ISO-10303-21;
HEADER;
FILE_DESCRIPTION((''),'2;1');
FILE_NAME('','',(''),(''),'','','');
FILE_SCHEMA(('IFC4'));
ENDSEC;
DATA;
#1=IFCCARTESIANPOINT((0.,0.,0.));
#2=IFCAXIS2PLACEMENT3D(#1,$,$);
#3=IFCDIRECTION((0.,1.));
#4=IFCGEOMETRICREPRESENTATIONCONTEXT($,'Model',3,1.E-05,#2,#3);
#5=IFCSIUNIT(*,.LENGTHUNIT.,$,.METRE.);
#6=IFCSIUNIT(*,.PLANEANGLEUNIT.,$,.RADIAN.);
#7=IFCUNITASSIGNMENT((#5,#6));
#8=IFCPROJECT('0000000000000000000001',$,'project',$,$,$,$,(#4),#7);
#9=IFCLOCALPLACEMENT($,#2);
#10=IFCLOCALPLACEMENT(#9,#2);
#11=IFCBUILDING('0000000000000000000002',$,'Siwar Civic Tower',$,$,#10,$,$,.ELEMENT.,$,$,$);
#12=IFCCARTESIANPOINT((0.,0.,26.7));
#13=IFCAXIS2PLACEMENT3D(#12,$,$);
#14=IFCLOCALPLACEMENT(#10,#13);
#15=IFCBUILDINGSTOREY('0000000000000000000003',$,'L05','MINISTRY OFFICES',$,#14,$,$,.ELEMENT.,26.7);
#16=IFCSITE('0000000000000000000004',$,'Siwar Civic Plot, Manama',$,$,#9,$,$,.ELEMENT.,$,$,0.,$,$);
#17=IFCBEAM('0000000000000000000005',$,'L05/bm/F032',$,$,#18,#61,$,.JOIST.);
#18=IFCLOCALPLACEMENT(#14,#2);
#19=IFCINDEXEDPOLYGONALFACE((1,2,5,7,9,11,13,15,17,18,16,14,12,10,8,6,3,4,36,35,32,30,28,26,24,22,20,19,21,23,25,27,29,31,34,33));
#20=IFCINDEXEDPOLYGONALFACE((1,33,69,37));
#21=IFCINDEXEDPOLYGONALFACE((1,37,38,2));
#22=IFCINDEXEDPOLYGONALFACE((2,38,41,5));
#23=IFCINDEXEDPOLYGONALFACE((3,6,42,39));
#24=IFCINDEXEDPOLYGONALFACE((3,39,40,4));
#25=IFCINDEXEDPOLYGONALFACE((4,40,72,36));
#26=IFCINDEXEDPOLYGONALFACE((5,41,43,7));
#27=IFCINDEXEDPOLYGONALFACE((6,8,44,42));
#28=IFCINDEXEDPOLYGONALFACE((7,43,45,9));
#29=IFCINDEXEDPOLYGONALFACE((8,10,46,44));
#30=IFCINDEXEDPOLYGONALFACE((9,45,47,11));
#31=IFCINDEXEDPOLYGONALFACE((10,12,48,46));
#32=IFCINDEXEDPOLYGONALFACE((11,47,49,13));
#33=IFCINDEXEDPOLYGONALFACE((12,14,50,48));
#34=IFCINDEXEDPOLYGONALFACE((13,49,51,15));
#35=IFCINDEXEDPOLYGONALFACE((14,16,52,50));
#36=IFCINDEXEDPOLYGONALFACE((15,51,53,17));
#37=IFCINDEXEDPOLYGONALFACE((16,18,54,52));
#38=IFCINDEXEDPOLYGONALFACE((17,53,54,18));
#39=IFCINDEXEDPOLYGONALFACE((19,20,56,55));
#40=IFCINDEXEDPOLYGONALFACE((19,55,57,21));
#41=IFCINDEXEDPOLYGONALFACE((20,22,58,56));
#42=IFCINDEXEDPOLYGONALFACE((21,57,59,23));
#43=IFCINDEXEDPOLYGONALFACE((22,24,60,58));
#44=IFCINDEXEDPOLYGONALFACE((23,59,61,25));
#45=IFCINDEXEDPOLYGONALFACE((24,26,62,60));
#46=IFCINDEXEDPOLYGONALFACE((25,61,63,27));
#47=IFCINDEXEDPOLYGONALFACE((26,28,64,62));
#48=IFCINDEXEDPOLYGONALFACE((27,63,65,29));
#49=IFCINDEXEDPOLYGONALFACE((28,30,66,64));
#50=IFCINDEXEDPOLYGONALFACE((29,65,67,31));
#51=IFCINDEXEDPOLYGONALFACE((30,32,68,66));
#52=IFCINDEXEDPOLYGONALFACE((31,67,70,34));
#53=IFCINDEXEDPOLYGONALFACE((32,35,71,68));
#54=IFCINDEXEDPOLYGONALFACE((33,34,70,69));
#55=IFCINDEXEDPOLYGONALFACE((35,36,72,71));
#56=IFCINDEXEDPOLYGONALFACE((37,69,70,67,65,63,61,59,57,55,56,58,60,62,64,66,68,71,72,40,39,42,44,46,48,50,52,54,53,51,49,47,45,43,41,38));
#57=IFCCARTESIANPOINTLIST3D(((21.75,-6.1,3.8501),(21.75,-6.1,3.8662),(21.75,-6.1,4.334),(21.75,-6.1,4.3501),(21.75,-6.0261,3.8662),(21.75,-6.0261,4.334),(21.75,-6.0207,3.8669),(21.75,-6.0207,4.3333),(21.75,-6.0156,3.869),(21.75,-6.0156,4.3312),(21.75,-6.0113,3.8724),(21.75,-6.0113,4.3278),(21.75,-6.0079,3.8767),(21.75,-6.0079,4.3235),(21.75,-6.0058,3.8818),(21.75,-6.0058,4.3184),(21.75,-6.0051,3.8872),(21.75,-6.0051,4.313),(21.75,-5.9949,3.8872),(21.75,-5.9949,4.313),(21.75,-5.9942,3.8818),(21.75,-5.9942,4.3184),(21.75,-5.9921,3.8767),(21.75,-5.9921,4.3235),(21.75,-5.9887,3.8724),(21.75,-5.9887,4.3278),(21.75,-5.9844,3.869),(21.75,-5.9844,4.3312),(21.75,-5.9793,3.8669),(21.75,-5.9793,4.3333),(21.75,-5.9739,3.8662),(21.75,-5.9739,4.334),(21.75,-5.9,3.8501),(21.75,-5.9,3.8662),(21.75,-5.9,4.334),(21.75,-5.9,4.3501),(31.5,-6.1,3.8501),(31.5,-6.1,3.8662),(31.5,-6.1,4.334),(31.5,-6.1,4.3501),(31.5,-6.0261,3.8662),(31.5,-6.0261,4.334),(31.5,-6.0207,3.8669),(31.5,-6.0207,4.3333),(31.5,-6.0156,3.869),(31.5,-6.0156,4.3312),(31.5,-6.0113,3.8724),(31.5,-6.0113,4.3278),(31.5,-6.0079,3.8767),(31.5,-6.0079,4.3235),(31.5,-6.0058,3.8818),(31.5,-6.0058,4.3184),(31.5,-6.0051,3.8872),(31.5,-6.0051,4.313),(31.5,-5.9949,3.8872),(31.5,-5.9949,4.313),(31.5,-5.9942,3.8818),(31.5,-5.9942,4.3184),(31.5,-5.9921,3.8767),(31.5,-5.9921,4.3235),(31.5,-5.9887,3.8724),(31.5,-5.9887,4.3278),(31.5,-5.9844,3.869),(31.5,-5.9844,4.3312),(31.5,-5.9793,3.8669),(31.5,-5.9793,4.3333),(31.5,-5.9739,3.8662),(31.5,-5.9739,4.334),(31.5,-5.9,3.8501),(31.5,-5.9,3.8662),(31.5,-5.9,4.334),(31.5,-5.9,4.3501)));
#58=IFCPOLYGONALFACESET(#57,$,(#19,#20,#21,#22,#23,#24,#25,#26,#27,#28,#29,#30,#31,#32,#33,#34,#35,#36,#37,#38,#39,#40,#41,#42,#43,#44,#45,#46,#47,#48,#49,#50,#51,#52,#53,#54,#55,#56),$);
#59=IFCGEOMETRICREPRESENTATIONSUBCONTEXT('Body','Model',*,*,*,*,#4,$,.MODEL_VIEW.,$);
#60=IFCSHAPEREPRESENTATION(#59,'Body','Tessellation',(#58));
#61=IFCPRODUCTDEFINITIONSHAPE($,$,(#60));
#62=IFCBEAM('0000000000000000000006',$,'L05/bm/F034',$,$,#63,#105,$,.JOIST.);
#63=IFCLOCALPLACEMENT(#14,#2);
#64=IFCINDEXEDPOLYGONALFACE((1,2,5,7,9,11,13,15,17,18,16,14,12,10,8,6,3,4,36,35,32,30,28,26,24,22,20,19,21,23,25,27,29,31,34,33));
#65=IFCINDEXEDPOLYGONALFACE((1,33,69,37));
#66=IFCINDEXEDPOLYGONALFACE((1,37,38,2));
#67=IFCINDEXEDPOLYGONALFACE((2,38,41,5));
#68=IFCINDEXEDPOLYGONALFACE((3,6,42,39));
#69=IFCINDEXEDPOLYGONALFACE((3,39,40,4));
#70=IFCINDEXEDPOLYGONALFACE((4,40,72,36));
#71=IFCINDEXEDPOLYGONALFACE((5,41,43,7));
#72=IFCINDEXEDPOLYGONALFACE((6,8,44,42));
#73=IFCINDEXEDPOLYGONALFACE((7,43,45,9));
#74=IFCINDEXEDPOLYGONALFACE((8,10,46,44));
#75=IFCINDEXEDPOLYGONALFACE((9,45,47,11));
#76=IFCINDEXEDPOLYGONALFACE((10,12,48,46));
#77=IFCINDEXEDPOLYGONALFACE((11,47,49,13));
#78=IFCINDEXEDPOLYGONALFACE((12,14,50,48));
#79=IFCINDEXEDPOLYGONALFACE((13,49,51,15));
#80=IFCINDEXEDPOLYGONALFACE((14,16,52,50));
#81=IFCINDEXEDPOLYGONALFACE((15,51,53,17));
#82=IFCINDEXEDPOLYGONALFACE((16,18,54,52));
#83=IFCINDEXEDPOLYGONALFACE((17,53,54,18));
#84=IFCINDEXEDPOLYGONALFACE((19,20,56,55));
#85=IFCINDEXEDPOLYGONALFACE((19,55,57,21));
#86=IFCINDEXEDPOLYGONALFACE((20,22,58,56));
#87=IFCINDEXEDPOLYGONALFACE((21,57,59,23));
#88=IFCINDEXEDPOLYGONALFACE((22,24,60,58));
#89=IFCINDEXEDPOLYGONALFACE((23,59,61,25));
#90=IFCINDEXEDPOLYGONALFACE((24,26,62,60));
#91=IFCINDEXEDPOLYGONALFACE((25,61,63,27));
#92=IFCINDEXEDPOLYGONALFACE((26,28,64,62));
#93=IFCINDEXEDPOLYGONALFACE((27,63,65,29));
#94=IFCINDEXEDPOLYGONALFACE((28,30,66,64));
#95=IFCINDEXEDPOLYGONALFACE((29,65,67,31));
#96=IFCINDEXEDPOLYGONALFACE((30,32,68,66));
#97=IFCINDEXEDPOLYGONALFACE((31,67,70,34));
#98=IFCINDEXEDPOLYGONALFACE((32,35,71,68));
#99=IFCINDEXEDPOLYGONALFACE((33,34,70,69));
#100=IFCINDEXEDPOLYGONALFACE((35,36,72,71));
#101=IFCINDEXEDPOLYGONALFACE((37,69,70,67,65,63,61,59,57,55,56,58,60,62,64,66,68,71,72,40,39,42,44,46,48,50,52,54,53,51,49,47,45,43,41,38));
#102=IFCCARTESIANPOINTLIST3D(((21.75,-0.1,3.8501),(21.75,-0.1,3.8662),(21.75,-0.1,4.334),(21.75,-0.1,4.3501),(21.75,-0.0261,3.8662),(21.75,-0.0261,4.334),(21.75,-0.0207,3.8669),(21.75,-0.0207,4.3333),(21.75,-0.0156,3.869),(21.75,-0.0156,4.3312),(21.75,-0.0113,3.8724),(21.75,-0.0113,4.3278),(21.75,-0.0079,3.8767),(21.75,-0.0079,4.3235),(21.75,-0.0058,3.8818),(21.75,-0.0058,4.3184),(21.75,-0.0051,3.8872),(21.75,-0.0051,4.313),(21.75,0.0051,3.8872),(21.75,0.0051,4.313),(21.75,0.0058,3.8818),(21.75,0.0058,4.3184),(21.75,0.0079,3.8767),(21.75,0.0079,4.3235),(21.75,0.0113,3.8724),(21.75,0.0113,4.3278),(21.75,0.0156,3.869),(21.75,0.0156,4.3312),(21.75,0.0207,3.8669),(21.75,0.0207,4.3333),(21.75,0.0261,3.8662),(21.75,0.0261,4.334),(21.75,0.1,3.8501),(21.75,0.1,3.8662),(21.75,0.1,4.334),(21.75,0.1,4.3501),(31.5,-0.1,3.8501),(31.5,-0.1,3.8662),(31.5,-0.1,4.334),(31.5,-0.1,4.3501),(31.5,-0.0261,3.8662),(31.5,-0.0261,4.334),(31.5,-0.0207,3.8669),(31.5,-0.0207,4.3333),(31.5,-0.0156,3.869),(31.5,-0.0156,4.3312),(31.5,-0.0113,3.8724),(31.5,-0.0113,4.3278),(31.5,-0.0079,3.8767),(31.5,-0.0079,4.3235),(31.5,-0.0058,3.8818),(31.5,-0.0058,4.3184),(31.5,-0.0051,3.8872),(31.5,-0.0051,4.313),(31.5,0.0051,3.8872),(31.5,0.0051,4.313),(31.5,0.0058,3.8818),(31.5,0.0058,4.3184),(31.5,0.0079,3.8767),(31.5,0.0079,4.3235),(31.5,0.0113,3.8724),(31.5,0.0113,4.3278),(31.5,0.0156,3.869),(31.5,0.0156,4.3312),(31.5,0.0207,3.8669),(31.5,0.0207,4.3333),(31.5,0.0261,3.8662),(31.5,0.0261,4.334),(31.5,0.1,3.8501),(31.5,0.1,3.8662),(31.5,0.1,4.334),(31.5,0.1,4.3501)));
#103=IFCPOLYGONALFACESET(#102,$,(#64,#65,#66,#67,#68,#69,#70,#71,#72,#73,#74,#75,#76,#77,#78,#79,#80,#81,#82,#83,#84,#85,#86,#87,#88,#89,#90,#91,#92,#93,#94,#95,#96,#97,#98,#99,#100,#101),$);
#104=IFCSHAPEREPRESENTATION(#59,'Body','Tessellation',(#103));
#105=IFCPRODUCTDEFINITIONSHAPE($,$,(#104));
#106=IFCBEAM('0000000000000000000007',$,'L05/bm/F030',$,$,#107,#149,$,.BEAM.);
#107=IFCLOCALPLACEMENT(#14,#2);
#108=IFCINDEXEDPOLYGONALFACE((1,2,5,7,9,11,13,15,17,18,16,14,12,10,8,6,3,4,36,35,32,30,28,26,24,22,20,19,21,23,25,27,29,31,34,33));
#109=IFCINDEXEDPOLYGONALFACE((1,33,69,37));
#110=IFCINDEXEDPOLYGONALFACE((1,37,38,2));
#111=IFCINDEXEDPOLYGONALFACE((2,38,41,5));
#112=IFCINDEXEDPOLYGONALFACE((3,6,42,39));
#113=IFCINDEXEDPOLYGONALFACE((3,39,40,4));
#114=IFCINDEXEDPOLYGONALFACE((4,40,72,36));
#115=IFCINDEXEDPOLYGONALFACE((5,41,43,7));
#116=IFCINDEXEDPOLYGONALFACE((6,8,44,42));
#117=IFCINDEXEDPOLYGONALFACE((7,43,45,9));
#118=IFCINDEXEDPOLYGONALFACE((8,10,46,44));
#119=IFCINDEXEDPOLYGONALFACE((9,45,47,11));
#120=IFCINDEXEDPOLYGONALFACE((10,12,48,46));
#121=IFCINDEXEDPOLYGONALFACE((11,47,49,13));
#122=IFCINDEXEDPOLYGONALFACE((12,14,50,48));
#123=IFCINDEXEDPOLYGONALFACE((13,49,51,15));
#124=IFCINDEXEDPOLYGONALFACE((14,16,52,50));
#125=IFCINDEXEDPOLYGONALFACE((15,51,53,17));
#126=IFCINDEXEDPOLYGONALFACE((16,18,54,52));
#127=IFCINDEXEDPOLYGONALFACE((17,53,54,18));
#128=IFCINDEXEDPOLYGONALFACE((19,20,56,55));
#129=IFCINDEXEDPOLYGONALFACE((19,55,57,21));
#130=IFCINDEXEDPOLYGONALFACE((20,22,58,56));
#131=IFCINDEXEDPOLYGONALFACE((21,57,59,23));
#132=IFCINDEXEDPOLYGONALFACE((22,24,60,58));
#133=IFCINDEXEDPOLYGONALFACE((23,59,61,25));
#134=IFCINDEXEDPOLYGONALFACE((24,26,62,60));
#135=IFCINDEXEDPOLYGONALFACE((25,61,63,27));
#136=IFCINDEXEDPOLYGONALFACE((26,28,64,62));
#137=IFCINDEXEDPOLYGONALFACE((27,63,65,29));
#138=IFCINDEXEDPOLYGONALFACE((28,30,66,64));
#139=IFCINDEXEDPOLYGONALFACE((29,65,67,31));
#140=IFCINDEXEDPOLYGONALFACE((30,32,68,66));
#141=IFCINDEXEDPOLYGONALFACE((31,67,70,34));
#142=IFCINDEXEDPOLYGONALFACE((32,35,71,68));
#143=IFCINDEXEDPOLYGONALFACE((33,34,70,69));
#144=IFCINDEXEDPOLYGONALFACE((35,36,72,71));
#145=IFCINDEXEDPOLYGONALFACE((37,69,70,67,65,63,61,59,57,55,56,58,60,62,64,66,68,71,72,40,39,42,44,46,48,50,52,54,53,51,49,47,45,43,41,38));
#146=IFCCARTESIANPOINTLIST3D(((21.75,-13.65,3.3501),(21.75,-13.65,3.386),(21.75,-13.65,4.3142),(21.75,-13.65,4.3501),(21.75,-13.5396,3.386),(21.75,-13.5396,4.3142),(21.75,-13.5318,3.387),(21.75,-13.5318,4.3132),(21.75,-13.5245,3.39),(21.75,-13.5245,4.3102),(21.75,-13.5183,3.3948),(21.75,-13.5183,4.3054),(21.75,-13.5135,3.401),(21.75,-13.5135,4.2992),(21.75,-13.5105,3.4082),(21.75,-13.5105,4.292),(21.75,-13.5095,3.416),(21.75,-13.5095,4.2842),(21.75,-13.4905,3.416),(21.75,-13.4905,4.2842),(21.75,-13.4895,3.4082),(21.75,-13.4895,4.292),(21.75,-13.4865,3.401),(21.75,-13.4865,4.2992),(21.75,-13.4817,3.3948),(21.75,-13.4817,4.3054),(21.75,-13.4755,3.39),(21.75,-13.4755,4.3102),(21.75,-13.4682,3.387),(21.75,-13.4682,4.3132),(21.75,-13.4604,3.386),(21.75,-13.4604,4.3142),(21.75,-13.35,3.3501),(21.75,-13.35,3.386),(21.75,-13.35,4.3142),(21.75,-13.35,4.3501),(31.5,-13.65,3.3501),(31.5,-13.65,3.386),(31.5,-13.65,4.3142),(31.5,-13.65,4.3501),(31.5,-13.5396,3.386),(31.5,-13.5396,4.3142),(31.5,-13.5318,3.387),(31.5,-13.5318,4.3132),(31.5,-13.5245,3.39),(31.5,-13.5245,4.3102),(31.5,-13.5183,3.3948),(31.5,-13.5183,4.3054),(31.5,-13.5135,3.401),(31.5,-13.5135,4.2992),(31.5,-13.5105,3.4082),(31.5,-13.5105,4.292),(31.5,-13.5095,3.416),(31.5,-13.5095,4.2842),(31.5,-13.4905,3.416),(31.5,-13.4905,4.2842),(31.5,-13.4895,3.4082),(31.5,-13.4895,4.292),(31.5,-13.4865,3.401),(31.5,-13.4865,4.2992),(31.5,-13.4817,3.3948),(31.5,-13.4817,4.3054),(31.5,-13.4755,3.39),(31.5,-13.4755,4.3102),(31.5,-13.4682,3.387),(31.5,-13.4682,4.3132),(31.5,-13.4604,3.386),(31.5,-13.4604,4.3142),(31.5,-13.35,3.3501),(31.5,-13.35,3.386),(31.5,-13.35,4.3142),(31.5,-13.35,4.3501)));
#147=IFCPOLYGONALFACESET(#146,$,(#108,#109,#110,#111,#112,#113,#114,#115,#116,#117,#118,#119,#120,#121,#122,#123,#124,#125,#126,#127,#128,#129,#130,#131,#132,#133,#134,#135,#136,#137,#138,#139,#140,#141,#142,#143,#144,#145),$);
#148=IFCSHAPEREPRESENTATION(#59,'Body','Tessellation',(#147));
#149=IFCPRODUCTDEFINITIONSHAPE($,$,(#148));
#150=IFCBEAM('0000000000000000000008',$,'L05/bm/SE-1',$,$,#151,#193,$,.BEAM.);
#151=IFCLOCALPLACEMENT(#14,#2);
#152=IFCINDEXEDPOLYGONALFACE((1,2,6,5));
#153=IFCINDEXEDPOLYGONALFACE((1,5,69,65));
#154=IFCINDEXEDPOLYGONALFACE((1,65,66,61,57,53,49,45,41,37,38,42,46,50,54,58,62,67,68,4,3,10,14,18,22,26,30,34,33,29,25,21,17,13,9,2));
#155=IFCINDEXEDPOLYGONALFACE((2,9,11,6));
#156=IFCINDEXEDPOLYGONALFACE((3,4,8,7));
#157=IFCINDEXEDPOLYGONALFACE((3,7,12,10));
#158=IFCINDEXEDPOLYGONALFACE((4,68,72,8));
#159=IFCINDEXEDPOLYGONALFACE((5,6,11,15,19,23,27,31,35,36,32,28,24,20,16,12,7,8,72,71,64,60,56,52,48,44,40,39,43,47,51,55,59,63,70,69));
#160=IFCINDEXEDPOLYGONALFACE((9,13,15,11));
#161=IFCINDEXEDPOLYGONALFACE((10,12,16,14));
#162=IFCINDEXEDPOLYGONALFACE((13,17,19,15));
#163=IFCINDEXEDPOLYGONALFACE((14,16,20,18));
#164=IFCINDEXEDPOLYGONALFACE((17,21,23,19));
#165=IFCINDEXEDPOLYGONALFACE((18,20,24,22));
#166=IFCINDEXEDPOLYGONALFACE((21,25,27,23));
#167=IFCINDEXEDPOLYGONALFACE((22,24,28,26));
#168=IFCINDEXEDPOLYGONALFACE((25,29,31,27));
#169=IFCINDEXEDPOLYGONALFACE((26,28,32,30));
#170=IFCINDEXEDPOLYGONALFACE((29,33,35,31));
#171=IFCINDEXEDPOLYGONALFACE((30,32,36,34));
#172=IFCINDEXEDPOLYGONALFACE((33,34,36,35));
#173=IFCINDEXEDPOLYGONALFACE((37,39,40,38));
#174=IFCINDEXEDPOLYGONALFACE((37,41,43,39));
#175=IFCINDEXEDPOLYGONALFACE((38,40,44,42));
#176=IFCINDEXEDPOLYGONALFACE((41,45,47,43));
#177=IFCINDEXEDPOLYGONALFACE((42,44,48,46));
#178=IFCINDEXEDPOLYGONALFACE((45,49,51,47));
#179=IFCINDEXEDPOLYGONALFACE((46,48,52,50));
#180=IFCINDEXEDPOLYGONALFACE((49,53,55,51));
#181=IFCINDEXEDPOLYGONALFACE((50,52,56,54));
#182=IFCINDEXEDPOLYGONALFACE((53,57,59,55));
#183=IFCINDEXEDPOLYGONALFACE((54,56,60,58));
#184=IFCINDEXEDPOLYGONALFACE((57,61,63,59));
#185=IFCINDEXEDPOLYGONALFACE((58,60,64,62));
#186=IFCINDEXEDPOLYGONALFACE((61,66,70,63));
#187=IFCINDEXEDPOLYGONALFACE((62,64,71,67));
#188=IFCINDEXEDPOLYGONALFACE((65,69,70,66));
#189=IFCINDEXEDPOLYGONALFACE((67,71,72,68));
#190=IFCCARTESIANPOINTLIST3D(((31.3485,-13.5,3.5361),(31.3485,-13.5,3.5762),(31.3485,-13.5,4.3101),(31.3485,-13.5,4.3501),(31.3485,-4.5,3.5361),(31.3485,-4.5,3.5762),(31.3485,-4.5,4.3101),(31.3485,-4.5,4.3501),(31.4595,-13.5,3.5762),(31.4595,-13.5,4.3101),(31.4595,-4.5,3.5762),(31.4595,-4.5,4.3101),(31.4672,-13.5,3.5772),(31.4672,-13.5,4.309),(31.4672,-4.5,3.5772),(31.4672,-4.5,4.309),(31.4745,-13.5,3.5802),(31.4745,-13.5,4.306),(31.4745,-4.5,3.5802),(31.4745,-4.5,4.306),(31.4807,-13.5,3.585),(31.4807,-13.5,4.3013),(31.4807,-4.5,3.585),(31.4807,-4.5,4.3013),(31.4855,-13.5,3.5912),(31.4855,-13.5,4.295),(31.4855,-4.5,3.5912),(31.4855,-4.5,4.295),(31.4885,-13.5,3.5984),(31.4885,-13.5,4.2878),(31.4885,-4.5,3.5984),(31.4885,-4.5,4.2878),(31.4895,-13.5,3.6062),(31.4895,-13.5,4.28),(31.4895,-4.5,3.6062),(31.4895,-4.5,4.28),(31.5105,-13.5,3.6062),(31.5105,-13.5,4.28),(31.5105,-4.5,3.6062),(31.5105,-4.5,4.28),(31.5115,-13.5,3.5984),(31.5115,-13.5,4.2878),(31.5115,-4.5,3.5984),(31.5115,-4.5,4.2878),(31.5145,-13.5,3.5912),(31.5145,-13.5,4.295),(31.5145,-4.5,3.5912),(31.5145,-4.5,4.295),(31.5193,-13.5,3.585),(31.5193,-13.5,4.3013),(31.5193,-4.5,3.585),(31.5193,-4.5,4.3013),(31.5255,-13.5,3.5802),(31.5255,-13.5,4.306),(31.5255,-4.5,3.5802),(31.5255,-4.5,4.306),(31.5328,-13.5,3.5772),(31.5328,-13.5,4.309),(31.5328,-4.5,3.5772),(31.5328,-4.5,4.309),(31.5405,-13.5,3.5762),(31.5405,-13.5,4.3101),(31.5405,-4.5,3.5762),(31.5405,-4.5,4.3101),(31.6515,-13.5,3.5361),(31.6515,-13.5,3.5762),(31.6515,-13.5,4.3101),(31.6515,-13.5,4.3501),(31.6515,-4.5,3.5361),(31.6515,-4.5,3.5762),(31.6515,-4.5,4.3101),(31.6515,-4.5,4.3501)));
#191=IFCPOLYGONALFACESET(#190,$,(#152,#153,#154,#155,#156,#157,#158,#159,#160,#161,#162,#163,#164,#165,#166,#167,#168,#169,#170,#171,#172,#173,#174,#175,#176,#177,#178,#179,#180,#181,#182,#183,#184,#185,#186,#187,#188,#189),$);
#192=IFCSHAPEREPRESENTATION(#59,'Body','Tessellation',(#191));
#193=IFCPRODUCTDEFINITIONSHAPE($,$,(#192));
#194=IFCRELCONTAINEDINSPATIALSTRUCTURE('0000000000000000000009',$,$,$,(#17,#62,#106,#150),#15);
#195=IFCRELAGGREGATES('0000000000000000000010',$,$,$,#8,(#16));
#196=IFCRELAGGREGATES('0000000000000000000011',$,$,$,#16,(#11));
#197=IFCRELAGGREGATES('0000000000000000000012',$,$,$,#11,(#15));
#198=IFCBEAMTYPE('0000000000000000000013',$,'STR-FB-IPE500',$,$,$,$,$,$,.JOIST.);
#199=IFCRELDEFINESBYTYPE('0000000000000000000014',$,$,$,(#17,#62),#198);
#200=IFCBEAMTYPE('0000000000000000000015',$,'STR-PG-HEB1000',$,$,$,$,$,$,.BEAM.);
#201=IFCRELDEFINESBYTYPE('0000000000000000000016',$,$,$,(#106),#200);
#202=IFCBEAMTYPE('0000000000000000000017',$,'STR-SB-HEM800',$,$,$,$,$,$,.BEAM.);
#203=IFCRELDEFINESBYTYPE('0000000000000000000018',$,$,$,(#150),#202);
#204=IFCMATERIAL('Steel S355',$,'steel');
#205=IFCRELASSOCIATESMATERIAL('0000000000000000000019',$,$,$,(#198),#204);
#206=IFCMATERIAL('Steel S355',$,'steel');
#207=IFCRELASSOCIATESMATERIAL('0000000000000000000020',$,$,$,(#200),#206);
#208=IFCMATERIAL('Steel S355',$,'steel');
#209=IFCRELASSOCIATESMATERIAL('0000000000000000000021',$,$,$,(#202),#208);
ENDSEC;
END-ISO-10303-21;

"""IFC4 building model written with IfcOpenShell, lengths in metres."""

from ifc_helpers import new_model, si_unit, direction, frame, origin, origin_2d, place, context, subcontext, project, spatial, i_section, extrude, material, material_profile, profile_set, type_object, element, save


model = new_model("IFC4")

# Units and contexts
model_context = context("Model", 3, precision=1e-05, world=origin(), true_north=direction((0.0, 1.0)))
body_context = subcontext(model_context, "Body", "Model", "MODEL_VIEW")
ifc_project = project(units=[si_unit("LENGTHUNIT", "METRE"), si_unit("PLANEANGLEUNIT", "RADIAN")], contexts=[model_context])

# Site, building, storey
site_placement = place(None, origin())
site = spatial("IfcSite", under=ifc_project, at=site_placement, Name="Siwar Civic Plot, Manama", CompositionType="ELEMENT", RefElevation=0.0)
building_placement = place(site_placement, origin())
building = spatial("IfcBuilding", under=site, at=building_placement, Name="Siwar Civic Tower", CompositionType="ELEMENT")
storey_placement = place(building_placement, frame((0.0, 0.0, 26.7)))
storey = spatial("IfcBuildingStorey", under=building, at=storey_placement, Name="L05", Description="MINISTRY OFFICES", CompositionType="ELEMENT", Elevation=26.7)

# Beams
ifc_material_1 = material(Name="Steel S355", Category="steel")
ifc_material_profile_1 = material_profile(ifc_material_1, i_section(OverallWidth=0.2, OverallDepth=0.5, WebThickness=0.0103, FlangeThickness=0.0161, FilletRadius=0.021, at=origin_2d()), Name="IPE500")
ifc_profile_set_1 = profile_set([ifc_material_profile_1], Name="Steel S355")
beam_type_1 = type_object("IfcBeamType", Name="STR-FB-IPE500", PredefinedType="JOIST", material=ifc_profile_set_1)
for number, where, z_axis, x_axis, name in (
    (1, (21.75, -6.0, 4.1001), (1.0, 0.0, 0.0), (0.0, 1.0, 0.0), "L05/bm/F032"),
    (2, (21.75, 0.0, 4.1001), (1.0, 0.0, 0.0), (0.0, 1.0, 0.0), "L05/bm/F034"),
):
    element("IfcBeam", number, at=place(storey_placement, frame(where, z_axis=z_axis, x_axis=x_axis)), inside=storey, type_object=beam_type_1, Name=name, PredefinedType="JOIST", context=body_context, shape_type="SweptSolid", body=[
        extrude(i_section(OverallWidth=0.2, OverallDepth=0.5, WebThickness=0.0103, FlangeThickness=0.0161, FilletRadius=0.021, at=origin_2d()), origin(), (0.0, 0.0, 1.0), 9.75),
    ])
ifc_material_2 = material(Name="Steel S355", Category="steel")
ifc_material_profile_2 = material_profile(ifc_material_2, i_section(OverallWidth=0.3, OverallDepth=1.0, WebThickness=0.019, FlangeThickness=0.0359, FilletRadius=0.03, at=origin_2d()), Name="HEB1000")
ifc_profile_set_2 = profile_set([ifc_material_profile_2], Name="Steel S355")
beam_type_2 = type_object("IfcBeamType", Name="STR-PG-HEB1000", PredefinedType="BEAM", material=ifc_profile_set_2)
beam_1_placement = place(storey_placement, frame((21.75, -13.5, 3.8501), z_axis=(1.0, 0.0, 0.0), x_axis=(0.0, 1.0, 0.0)))
element("IfcBeam", 3, at=beam_1_placement, inside=storey, type_object=beam_type_2, Name="L05/bm/F030", PredefinedType="BEAM", context=body_context, shape_type="SweptSolid", body=[
    extrude(i_section(OverallWidth=0.3, OverallDepth=1.0, WebThickness=0.019, FlangeThickness=0.0359, FilletRadius=0.03, at=origin_2d()), origin(), (0.0, 0.0, 1.0), 9.75),
])
ifc_material_3 = material(Name="Steel S355", Category="steel")
ifc_material_profile_3 = material_profile(ifc_material_3, i_section(OverallWidth=0.303, OverallDepth=0.814, WebThickness=0.021, FlangeThickness=0.04, FilletRadius=0.03, at=origin_2d()), Name="HEM800")
ifc_profile_set_3 = profile_set([ifc_material_profile_3], Name="Steel S355")
beam_type_3 = type_object("IfcBeamType", Name="STR-SB-HEM800", PredefinedType="BEAM", material=ifc_profile_set_3)
for number, where, z_axis, x_axis, name in (
    (4, (31.5, -13.5, 3.9431), (0.0, 1.0, 0.0), (-1.0, 0.0, 0.0), "L05/bm/SE-1"),
):
    element("IfcBeam", number, at=place(storey_placement, frame(where, z_axis=z_axis, x_axis=x_axis)), inside=storey, type_object=beam_type_3, Name=name, PredefinedType="BEAM", context=body_context, shape_type="SweptSolid", body=[
        extrude(i_section(OverallWidth=0.303, OverallDepth=0.814, WebThickness=0.021, FlangeThickness=0.04, FilletRadius=0.03, at=origin_2d()), origin(), (0.0, 0.0, 1.0), 9.0),
    ])

save(model, "model.ifc")
